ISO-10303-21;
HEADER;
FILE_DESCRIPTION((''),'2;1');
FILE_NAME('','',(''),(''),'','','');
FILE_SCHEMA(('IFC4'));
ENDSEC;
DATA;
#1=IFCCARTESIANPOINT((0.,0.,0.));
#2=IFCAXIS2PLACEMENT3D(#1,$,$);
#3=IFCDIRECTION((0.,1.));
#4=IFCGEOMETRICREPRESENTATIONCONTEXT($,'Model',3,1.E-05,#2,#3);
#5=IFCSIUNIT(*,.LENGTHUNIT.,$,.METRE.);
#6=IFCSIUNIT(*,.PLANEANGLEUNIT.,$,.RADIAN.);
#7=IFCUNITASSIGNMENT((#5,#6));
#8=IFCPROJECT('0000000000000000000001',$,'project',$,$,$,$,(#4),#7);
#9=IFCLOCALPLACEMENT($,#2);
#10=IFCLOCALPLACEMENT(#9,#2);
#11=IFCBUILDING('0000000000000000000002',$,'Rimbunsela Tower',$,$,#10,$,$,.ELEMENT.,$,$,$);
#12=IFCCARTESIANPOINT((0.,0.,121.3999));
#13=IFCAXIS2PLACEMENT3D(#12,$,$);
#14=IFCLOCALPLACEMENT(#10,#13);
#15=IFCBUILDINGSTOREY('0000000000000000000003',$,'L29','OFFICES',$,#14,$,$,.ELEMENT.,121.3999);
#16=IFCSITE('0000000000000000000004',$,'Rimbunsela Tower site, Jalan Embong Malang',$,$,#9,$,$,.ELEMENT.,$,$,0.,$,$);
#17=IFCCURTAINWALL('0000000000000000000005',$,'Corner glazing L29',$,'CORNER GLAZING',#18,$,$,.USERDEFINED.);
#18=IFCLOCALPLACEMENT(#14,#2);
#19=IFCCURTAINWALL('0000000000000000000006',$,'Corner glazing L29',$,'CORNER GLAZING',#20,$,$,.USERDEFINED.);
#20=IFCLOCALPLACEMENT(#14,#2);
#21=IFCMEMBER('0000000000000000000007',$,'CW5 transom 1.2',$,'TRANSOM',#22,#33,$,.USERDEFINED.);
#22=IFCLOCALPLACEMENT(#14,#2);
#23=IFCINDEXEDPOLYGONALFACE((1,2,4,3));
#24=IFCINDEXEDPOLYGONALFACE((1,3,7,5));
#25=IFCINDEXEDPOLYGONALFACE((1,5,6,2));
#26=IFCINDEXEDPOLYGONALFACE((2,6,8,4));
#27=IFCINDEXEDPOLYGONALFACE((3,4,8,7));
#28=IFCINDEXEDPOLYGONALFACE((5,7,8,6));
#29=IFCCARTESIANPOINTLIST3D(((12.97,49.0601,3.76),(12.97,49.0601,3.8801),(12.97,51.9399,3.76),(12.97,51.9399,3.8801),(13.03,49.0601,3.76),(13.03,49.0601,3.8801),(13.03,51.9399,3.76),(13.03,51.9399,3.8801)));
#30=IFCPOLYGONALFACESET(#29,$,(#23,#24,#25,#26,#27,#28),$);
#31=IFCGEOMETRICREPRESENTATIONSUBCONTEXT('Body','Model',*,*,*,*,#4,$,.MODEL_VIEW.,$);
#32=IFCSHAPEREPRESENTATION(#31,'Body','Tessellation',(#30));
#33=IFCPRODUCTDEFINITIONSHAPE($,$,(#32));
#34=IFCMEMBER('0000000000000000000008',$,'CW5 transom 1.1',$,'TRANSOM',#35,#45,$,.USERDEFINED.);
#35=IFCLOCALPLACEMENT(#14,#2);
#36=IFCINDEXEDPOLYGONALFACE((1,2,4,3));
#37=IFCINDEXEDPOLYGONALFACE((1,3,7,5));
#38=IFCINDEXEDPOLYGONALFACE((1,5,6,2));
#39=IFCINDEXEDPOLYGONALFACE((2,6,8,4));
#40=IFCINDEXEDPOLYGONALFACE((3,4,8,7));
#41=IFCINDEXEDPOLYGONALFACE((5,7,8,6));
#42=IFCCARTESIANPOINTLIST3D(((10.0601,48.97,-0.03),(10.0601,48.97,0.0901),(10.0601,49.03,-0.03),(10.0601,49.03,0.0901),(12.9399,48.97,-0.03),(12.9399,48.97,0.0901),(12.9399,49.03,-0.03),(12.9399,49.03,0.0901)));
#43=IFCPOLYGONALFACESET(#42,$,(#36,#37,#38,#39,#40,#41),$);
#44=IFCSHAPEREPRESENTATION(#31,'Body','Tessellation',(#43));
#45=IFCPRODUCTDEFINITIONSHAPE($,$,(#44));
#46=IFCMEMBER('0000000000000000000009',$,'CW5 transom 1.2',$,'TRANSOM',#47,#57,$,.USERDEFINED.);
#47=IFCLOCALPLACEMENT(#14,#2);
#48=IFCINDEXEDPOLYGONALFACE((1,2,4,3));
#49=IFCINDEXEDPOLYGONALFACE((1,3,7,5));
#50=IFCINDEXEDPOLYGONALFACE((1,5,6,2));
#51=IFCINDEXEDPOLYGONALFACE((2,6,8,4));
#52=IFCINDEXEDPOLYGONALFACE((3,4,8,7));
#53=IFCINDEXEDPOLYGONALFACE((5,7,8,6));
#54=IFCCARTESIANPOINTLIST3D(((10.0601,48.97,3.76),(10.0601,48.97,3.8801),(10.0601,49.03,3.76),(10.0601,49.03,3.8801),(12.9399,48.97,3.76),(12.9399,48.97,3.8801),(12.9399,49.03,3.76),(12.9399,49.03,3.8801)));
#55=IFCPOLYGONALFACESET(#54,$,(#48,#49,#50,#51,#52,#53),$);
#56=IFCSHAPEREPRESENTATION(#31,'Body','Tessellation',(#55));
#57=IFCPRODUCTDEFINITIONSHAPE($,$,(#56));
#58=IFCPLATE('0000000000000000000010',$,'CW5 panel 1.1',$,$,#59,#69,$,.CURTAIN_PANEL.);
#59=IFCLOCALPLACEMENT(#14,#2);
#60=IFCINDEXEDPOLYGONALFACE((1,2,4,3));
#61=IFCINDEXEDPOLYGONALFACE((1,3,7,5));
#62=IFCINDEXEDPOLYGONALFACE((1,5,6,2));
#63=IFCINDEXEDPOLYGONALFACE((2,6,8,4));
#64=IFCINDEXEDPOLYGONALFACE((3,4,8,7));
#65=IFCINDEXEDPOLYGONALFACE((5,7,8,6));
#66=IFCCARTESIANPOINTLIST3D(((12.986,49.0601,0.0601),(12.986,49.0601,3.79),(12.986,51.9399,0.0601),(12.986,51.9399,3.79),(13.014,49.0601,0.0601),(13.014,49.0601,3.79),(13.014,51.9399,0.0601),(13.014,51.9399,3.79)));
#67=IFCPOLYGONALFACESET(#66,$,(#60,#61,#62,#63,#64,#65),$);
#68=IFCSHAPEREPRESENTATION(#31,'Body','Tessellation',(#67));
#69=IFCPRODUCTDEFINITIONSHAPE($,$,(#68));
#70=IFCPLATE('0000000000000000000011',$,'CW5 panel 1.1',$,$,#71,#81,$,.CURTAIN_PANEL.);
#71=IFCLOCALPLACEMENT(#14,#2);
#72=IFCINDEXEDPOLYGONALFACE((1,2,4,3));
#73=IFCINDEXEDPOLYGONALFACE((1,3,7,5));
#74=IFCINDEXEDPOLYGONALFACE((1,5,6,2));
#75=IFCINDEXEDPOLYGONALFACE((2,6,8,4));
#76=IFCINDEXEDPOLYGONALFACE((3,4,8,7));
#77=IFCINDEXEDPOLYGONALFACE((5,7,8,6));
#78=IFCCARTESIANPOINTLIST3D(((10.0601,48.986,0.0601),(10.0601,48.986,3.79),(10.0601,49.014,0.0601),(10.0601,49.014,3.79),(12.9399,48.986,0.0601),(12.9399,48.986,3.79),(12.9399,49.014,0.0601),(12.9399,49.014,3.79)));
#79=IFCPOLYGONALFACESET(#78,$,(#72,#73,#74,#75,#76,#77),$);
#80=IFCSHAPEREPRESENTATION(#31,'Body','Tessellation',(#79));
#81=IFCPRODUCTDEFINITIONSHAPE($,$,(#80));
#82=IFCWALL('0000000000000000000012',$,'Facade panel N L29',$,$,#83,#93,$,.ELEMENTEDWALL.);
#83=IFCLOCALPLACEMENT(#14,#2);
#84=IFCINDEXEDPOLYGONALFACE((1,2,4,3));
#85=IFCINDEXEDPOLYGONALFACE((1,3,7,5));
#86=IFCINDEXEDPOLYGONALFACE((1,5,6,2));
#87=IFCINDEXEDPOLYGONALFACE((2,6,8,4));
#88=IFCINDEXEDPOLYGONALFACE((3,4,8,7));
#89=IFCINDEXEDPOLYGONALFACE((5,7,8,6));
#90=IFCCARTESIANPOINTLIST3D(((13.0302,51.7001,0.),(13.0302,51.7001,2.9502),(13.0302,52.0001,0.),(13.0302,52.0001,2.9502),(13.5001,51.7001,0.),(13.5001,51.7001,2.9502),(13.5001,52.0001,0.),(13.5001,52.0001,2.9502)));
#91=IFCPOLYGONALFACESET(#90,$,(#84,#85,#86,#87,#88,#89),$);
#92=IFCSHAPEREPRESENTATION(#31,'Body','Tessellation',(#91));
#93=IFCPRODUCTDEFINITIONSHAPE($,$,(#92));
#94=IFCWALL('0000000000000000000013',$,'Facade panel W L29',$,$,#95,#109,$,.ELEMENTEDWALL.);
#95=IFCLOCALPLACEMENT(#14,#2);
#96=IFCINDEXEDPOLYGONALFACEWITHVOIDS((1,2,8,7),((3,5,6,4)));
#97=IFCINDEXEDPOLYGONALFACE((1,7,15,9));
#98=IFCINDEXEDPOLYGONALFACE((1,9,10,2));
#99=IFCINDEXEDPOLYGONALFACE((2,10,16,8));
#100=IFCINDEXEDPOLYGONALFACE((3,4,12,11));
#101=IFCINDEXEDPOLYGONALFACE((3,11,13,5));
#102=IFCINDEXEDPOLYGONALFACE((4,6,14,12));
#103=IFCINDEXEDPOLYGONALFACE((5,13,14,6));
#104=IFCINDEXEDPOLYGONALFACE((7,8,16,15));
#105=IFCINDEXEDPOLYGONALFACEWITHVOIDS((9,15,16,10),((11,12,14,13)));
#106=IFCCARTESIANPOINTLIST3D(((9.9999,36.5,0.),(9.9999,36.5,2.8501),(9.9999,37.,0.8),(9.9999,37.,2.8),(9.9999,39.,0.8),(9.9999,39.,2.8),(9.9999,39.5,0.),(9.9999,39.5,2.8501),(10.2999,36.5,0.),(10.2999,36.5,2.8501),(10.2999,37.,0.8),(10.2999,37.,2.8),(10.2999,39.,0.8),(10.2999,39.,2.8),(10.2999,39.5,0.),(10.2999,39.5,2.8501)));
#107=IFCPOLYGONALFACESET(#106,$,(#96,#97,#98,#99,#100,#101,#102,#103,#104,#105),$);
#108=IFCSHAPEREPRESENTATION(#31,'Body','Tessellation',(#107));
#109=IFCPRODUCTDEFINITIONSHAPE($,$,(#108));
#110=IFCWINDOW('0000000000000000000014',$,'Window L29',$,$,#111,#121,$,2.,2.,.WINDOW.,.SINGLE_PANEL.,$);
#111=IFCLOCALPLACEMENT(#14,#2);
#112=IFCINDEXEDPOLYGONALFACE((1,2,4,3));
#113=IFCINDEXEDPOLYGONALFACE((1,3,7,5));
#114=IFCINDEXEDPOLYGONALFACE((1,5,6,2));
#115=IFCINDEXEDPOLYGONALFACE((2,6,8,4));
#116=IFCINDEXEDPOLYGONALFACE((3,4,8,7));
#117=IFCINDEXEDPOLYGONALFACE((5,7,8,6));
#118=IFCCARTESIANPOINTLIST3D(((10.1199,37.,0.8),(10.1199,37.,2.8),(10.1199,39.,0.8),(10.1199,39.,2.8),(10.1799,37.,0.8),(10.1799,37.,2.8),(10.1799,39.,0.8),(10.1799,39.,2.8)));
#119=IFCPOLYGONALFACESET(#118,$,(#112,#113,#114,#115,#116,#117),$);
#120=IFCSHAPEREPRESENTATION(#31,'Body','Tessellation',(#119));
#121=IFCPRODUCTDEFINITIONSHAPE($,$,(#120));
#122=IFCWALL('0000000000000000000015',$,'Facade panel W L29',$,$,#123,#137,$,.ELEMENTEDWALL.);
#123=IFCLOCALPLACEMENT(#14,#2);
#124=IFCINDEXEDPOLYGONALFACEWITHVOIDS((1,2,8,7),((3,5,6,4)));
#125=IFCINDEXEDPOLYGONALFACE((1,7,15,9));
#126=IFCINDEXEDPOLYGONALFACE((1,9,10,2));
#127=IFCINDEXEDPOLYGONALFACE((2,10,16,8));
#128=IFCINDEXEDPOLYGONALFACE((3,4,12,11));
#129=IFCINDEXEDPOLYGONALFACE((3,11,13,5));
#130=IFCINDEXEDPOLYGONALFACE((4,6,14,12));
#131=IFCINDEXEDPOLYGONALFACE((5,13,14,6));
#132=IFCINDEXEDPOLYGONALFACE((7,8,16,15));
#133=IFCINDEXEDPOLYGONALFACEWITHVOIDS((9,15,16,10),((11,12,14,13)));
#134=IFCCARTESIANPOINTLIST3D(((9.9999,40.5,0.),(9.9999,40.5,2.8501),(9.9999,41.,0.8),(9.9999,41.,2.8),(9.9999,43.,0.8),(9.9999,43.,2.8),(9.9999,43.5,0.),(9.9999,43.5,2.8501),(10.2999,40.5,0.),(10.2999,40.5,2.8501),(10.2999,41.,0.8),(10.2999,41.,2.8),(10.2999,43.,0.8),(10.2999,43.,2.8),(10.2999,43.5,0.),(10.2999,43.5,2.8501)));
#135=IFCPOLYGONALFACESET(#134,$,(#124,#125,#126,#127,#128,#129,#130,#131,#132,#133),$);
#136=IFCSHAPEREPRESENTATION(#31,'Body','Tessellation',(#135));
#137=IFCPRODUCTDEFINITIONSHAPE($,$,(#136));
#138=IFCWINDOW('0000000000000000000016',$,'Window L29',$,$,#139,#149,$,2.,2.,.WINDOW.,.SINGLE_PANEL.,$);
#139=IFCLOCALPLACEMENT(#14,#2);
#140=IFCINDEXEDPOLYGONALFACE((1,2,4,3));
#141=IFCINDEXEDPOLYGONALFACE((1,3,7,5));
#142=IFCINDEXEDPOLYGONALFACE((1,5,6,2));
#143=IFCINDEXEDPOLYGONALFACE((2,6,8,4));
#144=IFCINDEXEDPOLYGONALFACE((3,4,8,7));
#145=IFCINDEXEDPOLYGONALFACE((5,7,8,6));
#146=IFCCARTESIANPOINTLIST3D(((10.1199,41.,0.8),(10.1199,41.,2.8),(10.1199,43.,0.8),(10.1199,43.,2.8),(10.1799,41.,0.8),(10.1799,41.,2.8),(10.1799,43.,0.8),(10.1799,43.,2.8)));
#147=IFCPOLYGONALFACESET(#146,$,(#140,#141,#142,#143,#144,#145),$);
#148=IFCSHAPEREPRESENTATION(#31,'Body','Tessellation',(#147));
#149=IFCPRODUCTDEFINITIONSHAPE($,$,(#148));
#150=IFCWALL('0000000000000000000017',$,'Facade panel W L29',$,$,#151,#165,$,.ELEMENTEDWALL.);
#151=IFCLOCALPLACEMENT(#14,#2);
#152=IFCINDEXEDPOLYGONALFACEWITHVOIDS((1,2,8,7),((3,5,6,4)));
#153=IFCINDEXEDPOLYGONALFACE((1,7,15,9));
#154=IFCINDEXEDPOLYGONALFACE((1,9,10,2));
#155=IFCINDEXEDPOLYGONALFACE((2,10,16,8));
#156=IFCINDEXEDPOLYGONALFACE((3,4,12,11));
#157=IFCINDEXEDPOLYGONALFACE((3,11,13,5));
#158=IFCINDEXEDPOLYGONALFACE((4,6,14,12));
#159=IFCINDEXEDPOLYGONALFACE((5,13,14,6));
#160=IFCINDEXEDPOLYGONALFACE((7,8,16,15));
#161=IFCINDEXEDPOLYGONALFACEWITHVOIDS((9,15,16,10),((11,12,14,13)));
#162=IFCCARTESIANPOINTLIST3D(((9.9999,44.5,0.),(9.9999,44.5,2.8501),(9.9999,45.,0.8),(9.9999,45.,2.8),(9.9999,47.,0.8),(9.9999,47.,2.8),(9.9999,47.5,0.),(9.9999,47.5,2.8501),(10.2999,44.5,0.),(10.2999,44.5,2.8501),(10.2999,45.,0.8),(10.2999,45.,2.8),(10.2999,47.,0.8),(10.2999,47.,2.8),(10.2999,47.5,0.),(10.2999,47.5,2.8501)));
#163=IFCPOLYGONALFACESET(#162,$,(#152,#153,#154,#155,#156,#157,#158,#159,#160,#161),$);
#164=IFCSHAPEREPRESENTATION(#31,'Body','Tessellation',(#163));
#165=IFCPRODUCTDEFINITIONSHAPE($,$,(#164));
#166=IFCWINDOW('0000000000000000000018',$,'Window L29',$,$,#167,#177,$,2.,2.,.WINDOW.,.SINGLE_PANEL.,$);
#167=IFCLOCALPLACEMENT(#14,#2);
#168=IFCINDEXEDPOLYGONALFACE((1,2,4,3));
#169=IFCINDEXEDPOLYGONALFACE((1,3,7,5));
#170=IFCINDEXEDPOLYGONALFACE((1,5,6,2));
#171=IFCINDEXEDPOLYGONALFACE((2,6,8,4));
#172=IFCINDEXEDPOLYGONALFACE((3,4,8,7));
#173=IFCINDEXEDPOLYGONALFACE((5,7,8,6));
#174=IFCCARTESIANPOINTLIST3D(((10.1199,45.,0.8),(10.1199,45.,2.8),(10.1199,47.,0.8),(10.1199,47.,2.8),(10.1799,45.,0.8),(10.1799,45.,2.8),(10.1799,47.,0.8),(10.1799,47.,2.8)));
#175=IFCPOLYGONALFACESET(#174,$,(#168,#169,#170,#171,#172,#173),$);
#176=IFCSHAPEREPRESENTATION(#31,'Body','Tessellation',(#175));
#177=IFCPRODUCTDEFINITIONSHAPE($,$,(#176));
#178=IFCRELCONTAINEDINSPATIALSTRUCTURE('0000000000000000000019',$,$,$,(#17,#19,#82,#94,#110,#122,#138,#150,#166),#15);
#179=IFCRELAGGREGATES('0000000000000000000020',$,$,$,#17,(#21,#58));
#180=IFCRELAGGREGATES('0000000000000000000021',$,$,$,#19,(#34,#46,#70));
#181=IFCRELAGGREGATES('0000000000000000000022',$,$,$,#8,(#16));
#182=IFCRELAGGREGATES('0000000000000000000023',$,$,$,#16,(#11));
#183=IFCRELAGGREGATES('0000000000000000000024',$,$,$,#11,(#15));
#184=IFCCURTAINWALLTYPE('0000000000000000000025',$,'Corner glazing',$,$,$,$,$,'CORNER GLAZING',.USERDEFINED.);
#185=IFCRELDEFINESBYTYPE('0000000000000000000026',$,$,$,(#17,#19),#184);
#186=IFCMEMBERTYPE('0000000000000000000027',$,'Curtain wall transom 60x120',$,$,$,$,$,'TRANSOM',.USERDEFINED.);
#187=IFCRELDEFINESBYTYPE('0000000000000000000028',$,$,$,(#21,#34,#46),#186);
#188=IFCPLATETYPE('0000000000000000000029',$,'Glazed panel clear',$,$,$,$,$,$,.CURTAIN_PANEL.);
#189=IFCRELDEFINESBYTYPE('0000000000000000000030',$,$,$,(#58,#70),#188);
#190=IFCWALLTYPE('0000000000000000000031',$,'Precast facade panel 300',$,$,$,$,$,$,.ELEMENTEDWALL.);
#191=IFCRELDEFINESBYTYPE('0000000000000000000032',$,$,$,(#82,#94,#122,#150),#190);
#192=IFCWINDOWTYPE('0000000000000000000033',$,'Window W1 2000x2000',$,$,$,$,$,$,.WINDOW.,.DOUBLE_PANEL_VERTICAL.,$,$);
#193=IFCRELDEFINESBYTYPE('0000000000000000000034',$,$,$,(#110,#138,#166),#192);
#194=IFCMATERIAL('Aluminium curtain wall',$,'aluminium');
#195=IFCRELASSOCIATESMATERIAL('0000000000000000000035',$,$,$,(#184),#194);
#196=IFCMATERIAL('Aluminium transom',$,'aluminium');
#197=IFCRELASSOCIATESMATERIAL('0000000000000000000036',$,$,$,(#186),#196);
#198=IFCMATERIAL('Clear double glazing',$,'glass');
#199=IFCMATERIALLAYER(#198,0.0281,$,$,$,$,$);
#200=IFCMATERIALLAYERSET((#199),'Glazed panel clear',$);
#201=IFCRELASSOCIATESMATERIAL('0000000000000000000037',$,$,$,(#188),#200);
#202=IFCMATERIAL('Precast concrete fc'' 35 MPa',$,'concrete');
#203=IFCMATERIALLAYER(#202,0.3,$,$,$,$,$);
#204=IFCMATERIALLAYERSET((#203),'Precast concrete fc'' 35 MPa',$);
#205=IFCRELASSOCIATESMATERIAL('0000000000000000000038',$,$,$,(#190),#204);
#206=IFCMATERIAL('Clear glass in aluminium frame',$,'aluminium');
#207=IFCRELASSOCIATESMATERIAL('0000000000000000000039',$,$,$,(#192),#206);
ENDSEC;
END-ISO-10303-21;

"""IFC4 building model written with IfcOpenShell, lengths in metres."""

from ifc_helpers import new_model, si_unit, direction, frame, frame_2d, origin, origin_2d, place, context, subcontext, project, spatial, rectangle, extrude, material, layer, layer_set, material_profile, profile_set, type_object, element, fill, aggregate, save


model = new_model("IFC4")

# Units and contexts
model_context = context("Model", 3, precision=1e-05, world=origin(), true_north=direction((0.0, 1.0)))
body_context = subcontext(model_context, "Body", "Model", "MODEL_VIEW")
ifc_project = project(units=[si_unit("LENGTHUNIT", "METRE"), si_unit("PLANEANGLEUNIT", "RADIAN")], contexts=[model_context])

# Site, building, storey
site_placement = place(None, origin())
site = spatial("IfcSite", under=ifc_project, at=site_placement, Name="Rimbunsela Tower site, Jalan Embong Malang", CompositionType="ELEMENT", RefElevation=0.0)
building_placement = place(site_placement, origin())
building = spatial("IfcBuilding", under=site, at=building_placement, Name="Rimbunsela Tower", CompositionType="ELEMENT")
storey_placement = place(building_placement, frame((0.0, 0.0, 121.3999)))
storey = spatial("IfcBuildingStorey", under=building, at=storey_placement, Name="L29", Description="OFFICES", CompositionType="ELEMENT", Elevation=121.3999)

# Curtain walls
ifc_material_1 = material(Name="Aluminium curtain wall", Category="aluminium")
curtain_wall_type = type_object("IfcCurtainWallType", Name="Corner glazing", ElementType="CORNER GLAZING", PredefinedType="USERDEFINED", material=ifc_material_1)
curtain_wall_1_placement = place(storey_placement, origin())
curtain_wall_1 = element("IfcCurtainWall", 1, at=curtain_wall_1_placement, inside=storey, type_object=curtain_wall_type, Name="Corner glazing L29", ObjectType="CORNER GLAZING", PredefinedType="USERDEFINED")
curtain_wall_2_placement = place(storey_placement, origin())
curtain_wall_2 = element("IfcCurtainWall", 2, at=curtain_wall_2_placement, inside=storey, type_object=curtain_wall_type, Name="Corner glazing L29", ObjectType="CORNER GLAZING", PredefinedType="USERDEFINED")

# Members
ifc_material_2 = material(Name="Aluminium transom", Category="aluminium")
ifc_material_profile_1 = material_profile(ifc_material_2, rectangle(XDim=0.0601, YDim=0.1201, at=origin_2d()), Name="Transom 60x120")
ifc_profile_set_1 = profile_set([ifc_material_profile_1], Name="Aluminium transom")
member_type_1 = type_object("IfcMemberType", Name="Curtain wall transom 60x120", ElementType="TRANSOM", PredefinedType="USERDEFINED", material=ifc_profile_set_1)
member_1_placement = place(storey_placement, frame((13.0, 51.9399, 3.8201), z_axis=(0.0, -1.0, 0.0), x_axis=(1.0, 0.0, 0.0)))
member_1 = element("IfcMember", 3, at=member_1_placement, type_object=member_type_1, Name="CW5 transom 1.2", ObjectType="TRANSOM", PredefinedType="USERDEFINED", context=body_context, shape_type="SweptSolid", body=[
    extrude(rectangle(XDim=0.0601, YDim=0.1201, at=origin_2d()), origin(), (0.0, 0.0, 1.0), 2.8799),
])
member_2_placement = place(storey_placement, frame((12.9399, 49.0, 0.03), z_axis=(-1.0, 0.0, 0.0), x_axis=(0.0, -1.0, 0.0)))
member_2 = element("IfcMember", 4, at=member_2_placement, type_object=member_type_1, Name="CW5 transom 1.1", ObjectType="TRANSOM", PredefinedType="USERDEFINED", context=body_context, shape_type="SweptSolid", body=[
    extrude(rectangle(XDim=0.0601, YDim=0.1201, at=origin_2d()), origin(), (0.0, 0.0, 1.0), 2.8799),
])
member_3_placement = place(storey_placement, frame((12.9399, 49.0, 3.8201), z_axis=(-1.0, 0.0, 0.0), x_axis=(0.0, -1.0, 0.0)))
member_3 = element("IfcMember", 5, at=member_3_placement, type_object=member_type_1, Name="CW5 transom 1.2", ObjectType="TRANSOM", PredefinedType="USERDEFINED", context=body_context, shape_type="SweptSolid", body=[
    extrude(rectangle(XDim=0.0601, YDim=0.1201, at=origin_2d()), origin(), (0.0, 0.0, 1.0), 2.8799),
])

# Plates
ifc_material_3 = material(Name="Clear double glazing", Category="glass")
ifc_layer_1 = layer(ifc_material_3, 0.0281)
ifc_layer_set_1 = layer_set([ifc_layer_1], Name="Glazed panel clear")
plate_type = type_object("IfcPlateType", Name="Glazed panel clear", PredefinedType="CURTAIN_PANEL", material=ifc_layer_set_1)
plate_1_placement = place(storey_placement, frame((13.0, 50.5, 0.0601), z_axis=(0.0, 0.0, 1.0), x_axis=(0.0, -1.0, 0.0)))
plate_1 = element("IfcPlate", 6, at=plate_1_placement, type_object=plate_type, Name="CW5 panel 1.1", PredefinedType="CURTAIN_PANEL", context=body_context, shape_type="SweptSolid", body=[
    extrude(rectangle(XDim=2.8799, YDim=0.0281, at=origin_2d()), origin(), (0.0, 0.0, 1.0), 3.73),
])
aggregate(curtain_wall_1, [member_1, plate_1])
plate_2_placement = place(storey_placement, frame((11.5, 49.0, 0.0601), z_axis=(0.0, 0.0, 1.0), x_axis=(-1.0, 0.0, 0.0)))
plate_2 = element("IfcPlate", 7, at=plate_2_placement, type_object=plate_type, Name="CW5 panel 1.1", PredefinedType="CURTAIN_PANEL", context=body_context, shape_type="SweptSolid", body=[
    extrude(rectangle(XDim=2.8799, YDim=0.0281, at=origin_2d()), origin(), (0.0, 0.0, 1.0), 3.73),
])
aggregate(curtain_wall_2, [member_2, member_3, plate_2])

# Wall
ifc_material_4 = material(Name="Precast concrete fc' 35 MPa", Category="concrete")
ifc_layer_2 = layer(ifc_material_4, 0.3)
ifc_layer_set_2 = layer_set([ifc_layer_2], Name="Precast concrete fc' 35 MPa")
wall_type = type_object("IfcWallType", Name="Precast facade panel 300", PredefinedType="ELEMENTEDWALL", material=ifc_layer_set_2)
wall_1_placement = place(storey_placement, frame((13.5, 51.8501, 0.0), z_axis=(0.0, 0.0, 1.0), x_axis=(-1.0, 0.0, 0.0)))
element("IfcWall", 8, at=wall_1_placement, inside=storey, type_object=wall_type, Name="Facade panel N L29", PredefinedType="ELEMENTEDWALL", context=body_context, shape_type="SweptSolid", body=[
    extrude(rectangle(XDim=0.47, YDim=0.3, at=frame_2d((0.2349, 0.0))), origin(), (0.0, 0.0, 1.0), 2.9502),
])

# Walls, openings, windows
wall_2_placement = place(storey_placement, frame((10.1499, 39.5, 0.0), z_axis=(0.0, 0.0, 1.0), x_axis=(0.0, -1.0, 0.0)))
wall_2 = element("IfcWall", 9, at=wall_2_placement, inside=storey, type_object=wall_type, Name="Facade panel W L29", PredefinedType="ELEMENTEDWALL", context=body_context, shape_type="SweptSolid", body=[
    extrude(rectangle(XDim=3.0, YDim=0.3, at=frame_2d((1.5, 0.0))), origin(), (0.0, 0.0, 1.0), 2.8501),
])
opening_1_placement = place(wall_2_placement, frame((0.5, 0.0, 0.8)))
opening_1 = element("IfcOpeningElement", 10, at=opening_1_placement, cuts=wall_2, PredefinedType="OPENING", context=body_context, shape_type="SweptSolid", body=[
    extrude(rectangle(XDim=2.0, YDim=2.0, at=frame_2d((1.0, 1.0))), frame((0.0, 0.1599, 0.0), z_axis=(0.0, -1.0, 0.0), x_axis=(1.0, 0.0, 0.0)), (0.0, 0.0, 1.0), 0.3201),
])
ifc_material_5 = material(Name="Clear glass in aluminium frame", Category="aluminium")
window_type = type_object("IfcWindowType", Name="Window W1 2000x2000", PartitioningType="DOUBLE_PANEL_VERTICAL", PredefinedType="WINDOW", material=ifc_material_5)
window_1_placement = place(opening_1_placement, origin())
window_1 = element("IfcWindow", 11, at=window_1_placement, inside=storey, type_object=window_type, Name="Window L29", OverallHeight=2.0, OverallWidth=2.0, PartitioningType="SINGLE_PANEL", PredefinedType="WINDOW", context=body_context, shape_type="SweptSolid", body=[
    extrude(rectangle(XDim=2.0, YDim=2.0, at=frame_2d((1.0, 1.0))), frame((0.0, 0.03, 0.0), z_axis=(0.0, -1.0, 0.0), x_axis=(1.0, 0.0, 0.0)), (0.0, 0.0, 1.0), 0.0601),
])
fill(opening_1, window_1)
wall_3_placement = place(storey_placement, frame((10.1499, 43.5, 0.0), z_axis=(0.0, 0.0, 1.0), x_axis=(0.0, -1.0, 0.0)))
wall_3 = element("IfcWall", 12, at=wall_3_placement, inside=storey, type_object=wall_type, Name="Facade panel W L29", PredefinedType="ELEMENTEDWALL", context=body_context, shape_type="SweptSolid", body=[
    extrude(rectangle(XDim=3.0, YDim=0.3, at=frame_2d((1.5, 0.0))), origin(), (0.0, 0.0, 1.0), 2.8501),
])
opening_2_placement = place(wall_3_placement, frame((0.5, 0.0, 0.8)))
opening_2 = element("IfcOpeningElement", 13, at=opening_2_placement, cuts=wall_3, PredefinedType="OPENING", context=body_context, shape_type="SweptSolid", body=[
    extrude(rectangle(XDim=2.0, YDim=2.0, at=frame_2d((1.0, 1.0))), frame((0.0, 0.1599, 0.0), z_axis=(0.0, -1.0, 0.0), x_axis=(1.0, 0.0, 0.0)), (0.0, 0.0, 1.0), 0.3201),
])
window_2_placement = place(opening_2_placement, origin())
window_2 = element("IfcWindow", 14, at=window_2_placement, inside=storey, type_object=window_type, Name="Window L29", OverallHeight=2.0, OverallWidth=2.0, PartitioningType="SINGLE_PANEL", PredefinedType="WINDOW", context=body_context, shape_type="SweptSolid", body=[
    extrude(rectangle(XDim=2.0, YDim=2.0, at=frame_2d((1.0, 1.0))), frame((0.0, 0.03, 0.0), z_axis=(0.0, -1.0, 0.0), x_axis=(1.0, 0.0, 0.0)), (0.0, 0.0, 1.0), 0.0601),
])
fill(opening_2, window_2)
wall_4_placement = place(storey_placement, frame((10.1499, 47.5, 0.0), z_axis=(0.0, 0.0, 1.0), x_axis=(0.0, -1.0, 0.0)))
wall_4 = element("IfcWall", 15, at=wall_4_placement, inside=storey, type_object=wall_type, Name="Facade panel W L29", PredefinedType="ELEMENTEDWALL", context=body_context, shape_type="SweptSolid", body=[
    extrude(rectangle(XDim=3.0, YDim=0.3, at=frame_2d((1.5, 0.0))), origin(), (0.0, 0.0, 1.0), 2.8501),
])
opening_3_placement = place(wall_4_placement, frame((0.5, 0.0, 0.8)))
opening_3 = element("IfcOpeningElement", 16, at=opening_3_placement, cuts=wall_4, PredefinedType="OPENING", context=body_context, shape_type="SweptSolid", body=[
    extrude(rectangle(XDim=2.0, YDim=2.0, at=frame_2d((1.0, 1.0))), frame((0.0, 0.1599, 0.0), z_axis=(0.0, -1.0, 0.0), x_axis=(1.0, 0.0, 0.0)), (0.0, 0.0, 1.0), 0.3201),
])
window_3_placement = place(opening_3_placement, origin())
window_3 = element("IfcWindow", 17, at=window_3_placement, inside=storey, type_object=window_type, Name="Window L29", OverallHeight=2.0, OverallWidth=2.0, PartitioningType="SINGLE_PANEL", PredefinedType="WINDOW", context=body_context, shape_type="SweptSolid", body=[
    extrude(rectangle(XDim=2.0, YDim=2.0, at=frame_2d((1.0, 1.0))), frame((0.0, 0.03, 0.0), z_axis=(0.0, -1.0, 0.0), x_axis=(1.0, 0.0, 0.0)), (0.0, 0.0, 1.0), 0.0601),
])
fill(opening_3, window_3)

save(model, "model.ifc")
